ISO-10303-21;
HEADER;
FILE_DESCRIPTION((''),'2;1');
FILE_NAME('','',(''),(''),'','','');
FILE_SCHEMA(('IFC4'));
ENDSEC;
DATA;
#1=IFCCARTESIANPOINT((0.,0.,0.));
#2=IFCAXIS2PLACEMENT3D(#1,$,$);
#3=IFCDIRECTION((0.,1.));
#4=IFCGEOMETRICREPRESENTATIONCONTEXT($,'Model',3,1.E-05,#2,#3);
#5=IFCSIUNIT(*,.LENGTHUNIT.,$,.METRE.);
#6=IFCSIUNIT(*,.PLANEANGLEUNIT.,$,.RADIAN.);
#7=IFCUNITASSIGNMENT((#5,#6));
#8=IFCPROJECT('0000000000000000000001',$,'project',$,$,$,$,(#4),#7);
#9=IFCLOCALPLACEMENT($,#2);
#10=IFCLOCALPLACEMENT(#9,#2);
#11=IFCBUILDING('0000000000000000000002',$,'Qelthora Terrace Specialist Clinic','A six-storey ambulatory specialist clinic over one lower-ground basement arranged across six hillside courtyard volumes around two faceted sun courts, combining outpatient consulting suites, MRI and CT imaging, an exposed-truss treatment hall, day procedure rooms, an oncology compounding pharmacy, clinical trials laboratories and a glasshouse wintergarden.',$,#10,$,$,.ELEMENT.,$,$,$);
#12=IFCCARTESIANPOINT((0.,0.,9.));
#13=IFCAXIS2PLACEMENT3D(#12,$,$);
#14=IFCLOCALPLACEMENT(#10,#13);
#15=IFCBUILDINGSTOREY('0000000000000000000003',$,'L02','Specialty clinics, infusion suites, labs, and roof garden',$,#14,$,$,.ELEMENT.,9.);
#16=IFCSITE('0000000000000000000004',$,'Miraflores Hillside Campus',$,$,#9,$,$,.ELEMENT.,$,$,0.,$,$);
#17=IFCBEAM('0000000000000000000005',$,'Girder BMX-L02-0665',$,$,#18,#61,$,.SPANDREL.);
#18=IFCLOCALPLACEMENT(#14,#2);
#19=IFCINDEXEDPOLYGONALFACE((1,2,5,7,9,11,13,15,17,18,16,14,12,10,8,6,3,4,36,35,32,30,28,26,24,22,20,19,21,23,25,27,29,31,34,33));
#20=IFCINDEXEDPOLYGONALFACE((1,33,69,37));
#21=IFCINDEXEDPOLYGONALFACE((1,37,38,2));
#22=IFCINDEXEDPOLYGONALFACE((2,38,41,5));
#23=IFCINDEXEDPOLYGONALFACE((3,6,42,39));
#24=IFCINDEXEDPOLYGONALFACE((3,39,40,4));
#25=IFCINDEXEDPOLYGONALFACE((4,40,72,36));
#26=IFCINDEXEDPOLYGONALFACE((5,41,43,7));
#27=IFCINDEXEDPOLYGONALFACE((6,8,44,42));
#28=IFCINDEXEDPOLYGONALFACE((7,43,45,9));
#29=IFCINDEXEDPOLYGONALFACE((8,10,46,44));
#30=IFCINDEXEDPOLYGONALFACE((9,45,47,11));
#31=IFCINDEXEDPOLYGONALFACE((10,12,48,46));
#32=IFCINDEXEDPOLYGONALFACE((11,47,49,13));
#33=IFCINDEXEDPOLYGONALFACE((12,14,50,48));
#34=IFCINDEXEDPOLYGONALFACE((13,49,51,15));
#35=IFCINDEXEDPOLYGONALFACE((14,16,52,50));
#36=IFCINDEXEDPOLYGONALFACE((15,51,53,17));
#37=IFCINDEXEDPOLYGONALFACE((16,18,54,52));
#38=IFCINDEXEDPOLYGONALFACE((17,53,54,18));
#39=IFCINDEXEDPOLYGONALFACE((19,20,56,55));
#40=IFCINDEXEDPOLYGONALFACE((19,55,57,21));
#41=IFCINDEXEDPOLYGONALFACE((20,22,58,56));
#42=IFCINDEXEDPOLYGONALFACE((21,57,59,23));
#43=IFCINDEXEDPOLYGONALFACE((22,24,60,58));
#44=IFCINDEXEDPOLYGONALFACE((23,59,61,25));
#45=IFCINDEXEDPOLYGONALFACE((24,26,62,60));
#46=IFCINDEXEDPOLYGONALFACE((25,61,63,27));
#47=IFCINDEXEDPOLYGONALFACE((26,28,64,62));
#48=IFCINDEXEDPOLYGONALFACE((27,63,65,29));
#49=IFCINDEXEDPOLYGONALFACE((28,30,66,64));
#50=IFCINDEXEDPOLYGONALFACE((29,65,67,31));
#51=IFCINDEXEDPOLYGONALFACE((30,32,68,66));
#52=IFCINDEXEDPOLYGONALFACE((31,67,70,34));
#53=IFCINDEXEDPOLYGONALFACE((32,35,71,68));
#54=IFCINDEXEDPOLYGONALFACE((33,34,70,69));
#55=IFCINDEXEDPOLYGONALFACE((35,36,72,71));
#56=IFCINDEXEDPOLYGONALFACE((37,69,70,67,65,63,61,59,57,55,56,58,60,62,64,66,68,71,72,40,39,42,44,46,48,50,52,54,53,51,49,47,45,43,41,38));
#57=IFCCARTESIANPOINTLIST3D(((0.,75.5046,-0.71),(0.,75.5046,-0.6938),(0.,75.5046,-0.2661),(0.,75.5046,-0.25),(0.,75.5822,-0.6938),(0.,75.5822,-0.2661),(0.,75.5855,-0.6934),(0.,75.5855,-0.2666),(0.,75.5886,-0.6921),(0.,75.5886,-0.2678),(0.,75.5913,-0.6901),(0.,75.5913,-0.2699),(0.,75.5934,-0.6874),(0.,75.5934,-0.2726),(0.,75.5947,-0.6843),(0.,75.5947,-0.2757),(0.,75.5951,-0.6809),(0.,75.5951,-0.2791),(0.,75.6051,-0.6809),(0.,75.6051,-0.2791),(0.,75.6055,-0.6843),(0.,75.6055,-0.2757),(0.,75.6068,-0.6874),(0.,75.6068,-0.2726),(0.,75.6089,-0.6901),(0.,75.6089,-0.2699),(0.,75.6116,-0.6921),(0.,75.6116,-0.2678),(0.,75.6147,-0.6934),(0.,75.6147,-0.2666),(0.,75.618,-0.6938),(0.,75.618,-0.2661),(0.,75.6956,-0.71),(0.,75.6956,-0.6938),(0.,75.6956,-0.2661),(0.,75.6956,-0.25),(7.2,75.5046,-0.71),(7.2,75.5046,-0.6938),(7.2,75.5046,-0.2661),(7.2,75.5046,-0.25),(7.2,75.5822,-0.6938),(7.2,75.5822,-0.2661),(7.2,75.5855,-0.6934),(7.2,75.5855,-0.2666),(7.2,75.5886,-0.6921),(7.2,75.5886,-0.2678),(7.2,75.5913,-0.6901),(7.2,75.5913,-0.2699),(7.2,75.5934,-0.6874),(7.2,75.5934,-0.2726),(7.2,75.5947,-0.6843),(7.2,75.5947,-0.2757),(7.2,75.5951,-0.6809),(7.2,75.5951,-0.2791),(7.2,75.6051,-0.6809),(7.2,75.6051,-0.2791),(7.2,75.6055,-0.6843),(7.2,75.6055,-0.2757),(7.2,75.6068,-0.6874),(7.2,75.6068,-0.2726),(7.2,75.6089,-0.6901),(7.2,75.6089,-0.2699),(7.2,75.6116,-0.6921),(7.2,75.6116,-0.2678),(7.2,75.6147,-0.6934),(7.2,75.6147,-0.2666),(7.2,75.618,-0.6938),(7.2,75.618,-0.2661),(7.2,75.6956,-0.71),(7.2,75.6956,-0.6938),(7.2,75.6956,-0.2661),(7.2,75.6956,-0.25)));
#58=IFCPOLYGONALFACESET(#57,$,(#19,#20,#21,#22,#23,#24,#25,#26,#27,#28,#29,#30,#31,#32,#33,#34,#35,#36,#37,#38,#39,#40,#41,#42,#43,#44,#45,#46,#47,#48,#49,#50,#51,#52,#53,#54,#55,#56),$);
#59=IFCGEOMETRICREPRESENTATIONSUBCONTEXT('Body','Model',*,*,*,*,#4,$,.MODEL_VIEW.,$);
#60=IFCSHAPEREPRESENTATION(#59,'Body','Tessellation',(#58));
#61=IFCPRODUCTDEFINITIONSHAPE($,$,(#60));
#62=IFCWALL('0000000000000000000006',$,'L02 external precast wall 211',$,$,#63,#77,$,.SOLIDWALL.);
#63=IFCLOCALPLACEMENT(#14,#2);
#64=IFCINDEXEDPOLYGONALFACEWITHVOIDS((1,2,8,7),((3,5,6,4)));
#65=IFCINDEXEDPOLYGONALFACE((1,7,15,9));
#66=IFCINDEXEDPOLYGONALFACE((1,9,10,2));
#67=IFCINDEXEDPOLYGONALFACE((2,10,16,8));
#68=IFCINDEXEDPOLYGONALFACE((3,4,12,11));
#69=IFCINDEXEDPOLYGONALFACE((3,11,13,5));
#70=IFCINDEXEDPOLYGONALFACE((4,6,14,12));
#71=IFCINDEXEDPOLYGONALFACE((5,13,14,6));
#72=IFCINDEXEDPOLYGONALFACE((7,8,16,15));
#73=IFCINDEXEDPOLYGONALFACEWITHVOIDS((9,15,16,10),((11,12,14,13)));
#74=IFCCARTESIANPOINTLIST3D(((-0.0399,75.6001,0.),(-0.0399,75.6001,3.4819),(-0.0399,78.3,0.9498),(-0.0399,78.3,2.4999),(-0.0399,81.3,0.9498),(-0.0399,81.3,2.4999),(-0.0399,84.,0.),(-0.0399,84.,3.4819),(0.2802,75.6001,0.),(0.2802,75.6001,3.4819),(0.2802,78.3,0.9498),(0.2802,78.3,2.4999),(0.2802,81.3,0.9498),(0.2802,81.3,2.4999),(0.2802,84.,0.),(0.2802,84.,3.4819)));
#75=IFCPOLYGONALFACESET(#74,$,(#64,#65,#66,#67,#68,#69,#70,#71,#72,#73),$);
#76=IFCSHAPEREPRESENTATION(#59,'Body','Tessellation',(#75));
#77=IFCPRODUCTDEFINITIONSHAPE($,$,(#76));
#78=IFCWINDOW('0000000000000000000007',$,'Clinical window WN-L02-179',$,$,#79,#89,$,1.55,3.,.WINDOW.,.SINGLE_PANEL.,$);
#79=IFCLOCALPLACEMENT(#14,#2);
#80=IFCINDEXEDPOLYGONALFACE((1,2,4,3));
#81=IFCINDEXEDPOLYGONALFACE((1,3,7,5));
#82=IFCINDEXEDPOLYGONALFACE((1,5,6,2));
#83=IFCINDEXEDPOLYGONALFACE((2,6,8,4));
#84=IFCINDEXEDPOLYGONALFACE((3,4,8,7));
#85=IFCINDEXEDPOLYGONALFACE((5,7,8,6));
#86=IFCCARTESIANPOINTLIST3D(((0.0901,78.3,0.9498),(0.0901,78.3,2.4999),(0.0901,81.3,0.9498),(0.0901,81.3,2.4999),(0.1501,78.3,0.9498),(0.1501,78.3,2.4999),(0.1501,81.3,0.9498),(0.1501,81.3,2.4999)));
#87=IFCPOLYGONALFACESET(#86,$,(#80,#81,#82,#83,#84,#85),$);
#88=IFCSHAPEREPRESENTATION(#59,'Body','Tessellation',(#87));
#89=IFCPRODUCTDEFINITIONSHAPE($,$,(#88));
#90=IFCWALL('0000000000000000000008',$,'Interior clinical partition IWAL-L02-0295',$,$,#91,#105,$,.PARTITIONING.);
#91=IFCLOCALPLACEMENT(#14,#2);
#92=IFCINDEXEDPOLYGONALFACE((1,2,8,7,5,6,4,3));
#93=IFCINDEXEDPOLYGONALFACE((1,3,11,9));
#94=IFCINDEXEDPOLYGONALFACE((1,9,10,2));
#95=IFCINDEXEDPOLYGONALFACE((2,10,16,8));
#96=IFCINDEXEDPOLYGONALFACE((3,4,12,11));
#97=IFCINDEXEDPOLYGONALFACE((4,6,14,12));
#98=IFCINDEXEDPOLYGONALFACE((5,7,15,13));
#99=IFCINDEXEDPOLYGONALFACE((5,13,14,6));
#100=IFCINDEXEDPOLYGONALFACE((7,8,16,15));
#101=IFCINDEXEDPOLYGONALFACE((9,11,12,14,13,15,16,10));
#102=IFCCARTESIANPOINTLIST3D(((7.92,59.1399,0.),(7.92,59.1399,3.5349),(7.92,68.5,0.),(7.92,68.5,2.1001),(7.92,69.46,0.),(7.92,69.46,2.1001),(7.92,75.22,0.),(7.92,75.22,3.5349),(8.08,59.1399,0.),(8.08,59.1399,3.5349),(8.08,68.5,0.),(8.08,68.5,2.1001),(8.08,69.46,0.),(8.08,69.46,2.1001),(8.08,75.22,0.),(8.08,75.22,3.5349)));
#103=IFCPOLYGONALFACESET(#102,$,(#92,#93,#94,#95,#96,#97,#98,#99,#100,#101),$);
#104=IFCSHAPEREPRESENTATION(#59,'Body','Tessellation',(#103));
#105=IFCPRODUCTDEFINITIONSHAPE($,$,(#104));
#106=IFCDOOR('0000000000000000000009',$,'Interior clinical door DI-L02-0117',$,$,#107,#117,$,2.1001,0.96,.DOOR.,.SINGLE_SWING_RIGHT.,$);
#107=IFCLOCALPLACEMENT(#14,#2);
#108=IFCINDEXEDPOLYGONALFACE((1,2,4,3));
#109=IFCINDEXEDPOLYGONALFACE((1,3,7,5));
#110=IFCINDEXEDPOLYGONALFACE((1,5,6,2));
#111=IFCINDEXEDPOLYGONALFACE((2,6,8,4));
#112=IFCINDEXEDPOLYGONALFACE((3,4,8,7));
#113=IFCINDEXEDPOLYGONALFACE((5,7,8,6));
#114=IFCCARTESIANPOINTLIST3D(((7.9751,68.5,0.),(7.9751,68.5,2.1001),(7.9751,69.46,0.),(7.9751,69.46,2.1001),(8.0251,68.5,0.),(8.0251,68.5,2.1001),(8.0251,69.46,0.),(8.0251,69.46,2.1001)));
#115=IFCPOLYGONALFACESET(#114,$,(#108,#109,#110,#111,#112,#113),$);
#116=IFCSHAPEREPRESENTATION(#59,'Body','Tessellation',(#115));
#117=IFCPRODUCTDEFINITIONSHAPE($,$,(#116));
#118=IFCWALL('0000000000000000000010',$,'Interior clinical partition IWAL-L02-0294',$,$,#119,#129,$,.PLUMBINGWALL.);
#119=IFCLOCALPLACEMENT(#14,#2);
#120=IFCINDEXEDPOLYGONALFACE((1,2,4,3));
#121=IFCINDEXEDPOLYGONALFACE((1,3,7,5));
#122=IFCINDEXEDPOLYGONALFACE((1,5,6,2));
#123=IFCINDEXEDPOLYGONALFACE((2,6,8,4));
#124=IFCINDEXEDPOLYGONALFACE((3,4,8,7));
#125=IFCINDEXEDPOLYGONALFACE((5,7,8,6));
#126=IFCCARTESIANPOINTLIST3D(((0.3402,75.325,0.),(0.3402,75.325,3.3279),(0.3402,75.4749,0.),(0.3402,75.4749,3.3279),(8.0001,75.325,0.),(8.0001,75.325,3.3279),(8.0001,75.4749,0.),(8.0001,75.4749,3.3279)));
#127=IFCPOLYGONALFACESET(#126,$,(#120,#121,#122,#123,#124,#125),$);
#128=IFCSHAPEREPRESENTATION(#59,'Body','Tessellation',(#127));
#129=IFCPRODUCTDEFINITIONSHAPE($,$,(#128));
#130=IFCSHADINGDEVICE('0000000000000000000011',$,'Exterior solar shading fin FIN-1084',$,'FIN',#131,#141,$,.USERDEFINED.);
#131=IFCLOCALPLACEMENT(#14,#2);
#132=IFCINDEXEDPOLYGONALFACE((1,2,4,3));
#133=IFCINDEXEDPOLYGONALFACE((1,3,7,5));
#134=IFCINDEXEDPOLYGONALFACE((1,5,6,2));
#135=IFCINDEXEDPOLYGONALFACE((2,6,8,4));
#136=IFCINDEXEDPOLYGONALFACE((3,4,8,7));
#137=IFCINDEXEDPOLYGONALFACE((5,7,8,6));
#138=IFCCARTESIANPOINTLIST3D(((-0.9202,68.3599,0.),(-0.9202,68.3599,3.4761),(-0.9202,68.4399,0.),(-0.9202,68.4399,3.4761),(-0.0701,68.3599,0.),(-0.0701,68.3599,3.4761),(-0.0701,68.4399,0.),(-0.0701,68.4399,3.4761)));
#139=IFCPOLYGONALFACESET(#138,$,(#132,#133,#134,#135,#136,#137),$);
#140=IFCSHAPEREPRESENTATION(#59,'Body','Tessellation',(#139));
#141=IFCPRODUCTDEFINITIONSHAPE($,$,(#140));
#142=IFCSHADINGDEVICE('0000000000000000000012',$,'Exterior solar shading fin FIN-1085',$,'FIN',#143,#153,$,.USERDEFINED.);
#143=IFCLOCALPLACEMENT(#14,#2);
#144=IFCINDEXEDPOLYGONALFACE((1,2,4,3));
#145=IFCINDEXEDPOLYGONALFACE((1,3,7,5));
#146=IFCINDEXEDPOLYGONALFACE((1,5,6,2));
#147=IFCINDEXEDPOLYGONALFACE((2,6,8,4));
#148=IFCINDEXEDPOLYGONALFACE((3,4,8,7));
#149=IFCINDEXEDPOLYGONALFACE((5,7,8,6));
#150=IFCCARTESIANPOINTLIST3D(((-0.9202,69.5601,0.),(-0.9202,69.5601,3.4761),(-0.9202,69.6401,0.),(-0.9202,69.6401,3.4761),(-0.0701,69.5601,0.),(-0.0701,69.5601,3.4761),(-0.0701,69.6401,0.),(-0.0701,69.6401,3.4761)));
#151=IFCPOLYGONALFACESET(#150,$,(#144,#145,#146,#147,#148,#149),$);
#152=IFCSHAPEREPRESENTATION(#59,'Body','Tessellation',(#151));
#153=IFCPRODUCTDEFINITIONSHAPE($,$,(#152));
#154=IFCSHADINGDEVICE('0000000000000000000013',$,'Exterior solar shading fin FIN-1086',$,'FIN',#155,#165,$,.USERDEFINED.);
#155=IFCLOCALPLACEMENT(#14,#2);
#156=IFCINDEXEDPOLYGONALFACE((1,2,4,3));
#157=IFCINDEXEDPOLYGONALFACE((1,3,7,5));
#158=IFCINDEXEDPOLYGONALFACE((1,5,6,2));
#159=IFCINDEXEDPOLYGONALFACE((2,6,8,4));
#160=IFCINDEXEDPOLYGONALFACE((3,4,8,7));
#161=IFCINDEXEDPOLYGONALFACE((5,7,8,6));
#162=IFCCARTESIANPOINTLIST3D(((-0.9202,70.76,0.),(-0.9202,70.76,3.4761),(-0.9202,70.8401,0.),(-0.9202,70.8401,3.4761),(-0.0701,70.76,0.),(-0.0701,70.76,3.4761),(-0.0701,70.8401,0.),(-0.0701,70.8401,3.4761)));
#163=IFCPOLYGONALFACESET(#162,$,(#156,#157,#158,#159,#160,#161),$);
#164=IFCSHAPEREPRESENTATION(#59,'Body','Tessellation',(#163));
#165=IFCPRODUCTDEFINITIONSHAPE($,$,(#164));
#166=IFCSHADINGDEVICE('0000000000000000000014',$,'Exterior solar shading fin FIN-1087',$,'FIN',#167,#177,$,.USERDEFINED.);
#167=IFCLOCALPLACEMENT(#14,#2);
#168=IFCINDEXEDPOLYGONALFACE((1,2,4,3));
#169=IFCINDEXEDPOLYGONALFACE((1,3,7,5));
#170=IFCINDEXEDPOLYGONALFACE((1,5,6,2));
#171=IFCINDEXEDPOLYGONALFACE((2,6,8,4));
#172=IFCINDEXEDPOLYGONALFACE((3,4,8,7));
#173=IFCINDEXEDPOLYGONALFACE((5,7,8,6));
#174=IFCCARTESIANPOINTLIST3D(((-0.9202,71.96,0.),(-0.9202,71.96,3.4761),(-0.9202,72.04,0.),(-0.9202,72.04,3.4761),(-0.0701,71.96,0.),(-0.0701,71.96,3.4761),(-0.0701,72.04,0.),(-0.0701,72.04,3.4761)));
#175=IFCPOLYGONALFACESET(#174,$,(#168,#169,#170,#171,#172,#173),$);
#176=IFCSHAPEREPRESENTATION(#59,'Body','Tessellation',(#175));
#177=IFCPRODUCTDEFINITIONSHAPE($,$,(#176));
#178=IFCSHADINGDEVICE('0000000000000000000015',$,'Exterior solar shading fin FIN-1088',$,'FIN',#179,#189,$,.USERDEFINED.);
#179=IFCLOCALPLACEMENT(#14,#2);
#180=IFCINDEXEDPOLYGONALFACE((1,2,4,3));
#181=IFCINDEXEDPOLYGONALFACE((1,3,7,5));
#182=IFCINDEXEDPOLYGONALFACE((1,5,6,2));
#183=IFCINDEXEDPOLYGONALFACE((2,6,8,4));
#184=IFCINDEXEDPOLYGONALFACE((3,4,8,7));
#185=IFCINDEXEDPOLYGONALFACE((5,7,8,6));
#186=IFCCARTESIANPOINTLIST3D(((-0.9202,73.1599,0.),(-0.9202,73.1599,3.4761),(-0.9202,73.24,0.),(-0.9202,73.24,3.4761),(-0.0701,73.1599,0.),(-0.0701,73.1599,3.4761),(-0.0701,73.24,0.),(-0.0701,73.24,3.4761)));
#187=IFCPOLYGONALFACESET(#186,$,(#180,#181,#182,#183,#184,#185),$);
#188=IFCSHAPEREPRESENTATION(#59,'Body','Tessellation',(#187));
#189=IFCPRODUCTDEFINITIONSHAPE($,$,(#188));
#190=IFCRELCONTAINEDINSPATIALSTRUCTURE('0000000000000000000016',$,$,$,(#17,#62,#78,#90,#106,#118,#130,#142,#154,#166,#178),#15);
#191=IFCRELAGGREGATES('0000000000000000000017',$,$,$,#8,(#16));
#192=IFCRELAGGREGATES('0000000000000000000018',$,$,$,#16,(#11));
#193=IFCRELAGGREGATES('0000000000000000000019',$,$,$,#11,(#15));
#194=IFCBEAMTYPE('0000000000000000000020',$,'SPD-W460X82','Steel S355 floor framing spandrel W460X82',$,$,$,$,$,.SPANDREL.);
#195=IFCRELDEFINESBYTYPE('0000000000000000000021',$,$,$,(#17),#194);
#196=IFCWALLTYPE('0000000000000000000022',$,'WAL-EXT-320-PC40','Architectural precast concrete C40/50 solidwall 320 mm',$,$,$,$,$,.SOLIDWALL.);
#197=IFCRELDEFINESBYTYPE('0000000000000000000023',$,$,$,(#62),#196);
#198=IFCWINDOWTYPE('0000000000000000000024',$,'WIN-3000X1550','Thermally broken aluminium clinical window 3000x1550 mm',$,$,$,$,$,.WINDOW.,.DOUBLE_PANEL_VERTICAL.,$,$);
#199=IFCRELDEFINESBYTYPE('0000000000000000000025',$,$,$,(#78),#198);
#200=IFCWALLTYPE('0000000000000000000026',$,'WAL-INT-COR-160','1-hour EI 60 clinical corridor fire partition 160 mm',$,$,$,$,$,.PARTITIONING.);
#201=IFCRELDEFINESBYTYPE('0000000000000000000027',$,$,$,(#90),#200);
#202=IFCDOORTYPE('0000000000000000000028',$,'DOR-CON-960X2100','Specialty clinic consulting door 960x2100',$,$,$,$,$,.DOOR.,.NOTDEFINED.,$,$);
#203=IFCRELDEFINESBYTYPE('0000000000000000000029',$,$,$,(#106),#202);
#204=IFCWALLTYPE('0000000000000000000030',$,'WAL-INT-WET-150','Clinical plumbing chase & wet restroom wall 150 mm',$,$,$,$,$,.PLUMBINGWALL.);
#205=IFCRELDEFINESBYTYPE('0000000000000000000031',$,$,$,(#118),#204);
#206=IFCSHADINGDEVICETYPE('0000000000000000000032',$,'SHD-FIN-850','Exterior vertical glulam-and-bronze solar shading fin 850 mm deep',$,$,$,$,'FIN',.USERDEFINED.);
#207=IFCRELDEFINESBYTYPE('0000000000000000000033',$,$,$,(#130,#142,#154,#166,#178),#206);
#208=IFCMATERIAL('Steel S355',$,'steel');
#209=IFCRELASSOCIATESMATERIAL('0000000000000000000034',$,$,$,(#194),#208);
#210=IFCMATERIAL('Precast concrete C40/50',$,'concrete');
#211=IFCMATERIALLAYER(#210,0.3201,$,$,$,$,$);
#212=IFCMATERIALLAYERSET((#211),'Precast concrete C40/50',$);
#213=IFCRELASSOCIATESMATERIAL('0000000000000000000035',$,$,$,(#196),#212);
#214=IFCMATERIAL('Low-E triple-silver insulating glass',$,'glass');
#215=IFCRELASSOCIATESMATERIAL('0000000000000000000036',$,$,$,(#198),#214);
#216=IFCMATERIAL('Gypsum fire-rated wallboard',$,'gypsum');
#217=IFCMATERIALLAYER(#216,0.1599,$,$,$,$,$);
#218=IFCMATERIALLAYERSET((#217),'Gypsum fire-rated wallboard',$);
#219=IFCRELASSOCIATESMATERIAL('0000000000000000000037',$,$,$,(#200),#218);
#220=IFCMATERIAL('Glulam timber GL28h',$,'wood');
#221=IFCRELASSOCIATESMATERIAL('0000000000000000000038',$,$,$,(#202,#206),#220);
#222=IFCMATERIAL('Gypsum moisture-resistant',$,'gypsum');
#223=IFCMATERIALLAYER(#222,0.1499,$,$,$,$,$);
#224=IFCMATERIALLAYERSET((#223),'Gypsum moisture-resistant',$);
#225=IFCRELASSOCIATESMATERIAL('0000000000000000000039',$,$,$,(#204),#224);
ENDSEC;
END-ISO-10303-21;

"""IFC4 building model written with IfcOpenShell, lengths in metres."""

from ifc_helpers import new_model, si_unit, direction, frame, frame_2d, origin, origin_2d, place, context, subcontext, project, spatial, rectangle, i_section, extrude, material, layer, layer_set, material_profile, profile_set, type_object, element, fill, save


model = new_model("IFC4")

# Units and contexts
model_context = context("Model", 3, precision=1e-05, world=origin(), true_north=direction((0.0, 1.0)))
body_context = subcontext(model_context, "Body", "Model", "MODEL_VIEW")
ifc_project = project(units=[si_unit("LENGTHUNIT", "METRE"), si_unit("PLANEANGLEUNIT", "RADIAN")], contexts=[model_context])

# Site, building, storey
site_placement = place(None, origin())
site = spatial("IfcSite", under=ifc_project, at=site_placement, Name="Miraflores Hillside Campus", CompositionType="ELEMENT", RefElevation=0.0)
building_placement = place(site_placement, origin())
building = spatial("IfcBuilding", under=site, at=building_placement, Name="Qelthora Terrace Specialist Clinic", Description="A six-storey ambulatory specialist clinic over one lower-ground basement arranged across six hillside courtyard volumes around two faceted sun courts, combining outpatient consulting suites, MRI and CT imaging, an exposed-truss treatment hall, day procedure rooms, an oncology compounding pharmacy, clinical trials laboratories and a glasshouse wintergarden.", CompositionType="ELEMENT")
storey_placement = place(building_placement, frame((0.0, 0.0, 9.0)))
storey = spatial("IfcBuildingStorey", under=building, at=storey_placement, Name="L02", Description="Specialty clinics, infusion suites, labs, and roof garden", CompositionType="ELEMENT", Elevation=9.0)

# Shared definitions
ifc_material_1 = material(Name="Steel S355", Category="steel")

# Beam
ifc_material_profile_1 = material_profile(ifc_material_1, i_section(OverallWidth=0.1909, OverallDepth=0.46, WebThickness=0.01, FlangeThickness=0.0161, FilletRadius=0.0129, at=origin_2d()), Name="W460X82")
ifc_profile_set_1 = profile_set([ifc_material_profile_1], Name="Steel S355")
beam_type_1 = type_object("IfcBeamType", Name="SPD-W460X82", Description="Steel S355 floor framing spandrel W460X82", PredefinedType="SPANDREL", material=ifc_profile_set_1)
beam_1_placement = place(storey_placement, frame((0.0, 75.6001, -0.48), z_axis=(1.0, 0.0, 0.0), x_axis=(0.0, 1.0, 0.0)))
element("IfcBeam", 1, at=beam_1_placement, inside=storey, type_object=beam_type_1, Name="Girder BMX-L02-0665", PredefinedType="SPANDREL", context=body_context, shape_type="SweptSolid", body=[
    extrude(i_section(OverallWidth=0.1909, OverallDepth=0.46, WebThickness=0.01, FlangeThickness=0.0161, FilletRadius=0.0129, at=origin_2d()), origin(), (0.0, 0.0, 1.0), 7.2),
])

# Wall, opening, window
ifc_material_2 = material(Name="Precast concrete C40/50", Category="concrete")
ifc_layer_1 = layer(ifc_material_2, 0.3201)
ifc_layer_set_1 = layer_set([ifc_layer_1], Name="Precast concrete C40/50")
wall_type_1 = type_object("IfcWallType", Name="WAL-EXT-320-PC40", Description="Architectural precast concrete C40/50 solidwall 320 mm", PredefinedType="SOLIDWALL", material=ifc_layer_set_1)
wall_1_placement = place(storey_placement, frame((0.1201, 75.6001, 0.0), z_axis=(0.0, 0.0, 1.0), x_axis=(0.0, 1.0, 0.0)))
wall_1 = element("IfcWall", 2, at=wall_1_placement, inside=storey, type_object=wall_type_1, Name="L02 external precast wall 211", PredefinedType="SOLIDWALL", context=body_context, shape_type="SweptSolid", body=[
    extrude(rectangle(XDim=8.3999, YDim=0.3201, at=frame_2d((4.2, 0.0))), origin(), (0.0, 0.0, 1.0), 3.4819),
])
opening_1_placement = place(wall_1_placement, frame((2.7, 0.0, 0.95)))
opening_1 = element("IfcOpeningElement", 3, at=opening_1_placement, cuts=wall_1, PredefinedType="OPENING", context=body_context, shape_type="SweptSolid", body=[
    extrude(rectangle(XDim=3.0, YDim=1.55, at=frame_2d((1.5, 0.7749))), frame((0.0, 0.1699, 0.0), z_axis=(0.0, -1.0, 0.0), x_axis=(1.0, 0.0, 0.0)), (0.0, 0.0, 1.0), 0.3401),
])
ifc_material_3 = material(Name="Low-E triple-silver insulating glass", Category="glass")
window_type = type_object("IfcWindowType", Name="WIN-3000X1550", Description="Thermally broken aluminium clinical window 3000x1550 mm", PartitioningType="DOUBLE_PANEL_VERTICAL", PredefinedType="WINDOW", material=ifc_material_3)
window_placement = place(opening_1_placement, origin())
window = element("IfcWindow", 4, at=window_placement, inside=storey, type_object=window_type, Name="Clinical window WN-L02-179", OverallHeight=1.55, OverallWidth=3.0, PartitioningType="SINGLE_PANEL", PredefinedType="WINDOW", context=body_context, shape_type="SweptSolid", body=[
    extrude(rectangle(XDim=3.0, YDim=1.55, at=frame_2d((1.5, 0.7749))), frame((0.0, 0.03, 0.0), z_axis=(0.0, -1.0, 0.0), x_axis=(1.0, 0.0, 0.0)), (0.0, 0.0, 1.0), 0.0601),
])
fill(opening_1, window)

# Wall, opening, door
ifc_material_4 = material(Name="Gypsum fire-rated wallboard", Category="gypsum")
ifc_layer_2 = layer(ifc_material_4, 0.1599)
ifc_layer_set_2 = layer_set([ifc_layer_2], Name="Gypsum fire-rated wallboard")
wall_type_2 = type_object("IfcWallType", Name="WAL-INT-COR-160", Description="1-hour EI 60 clinical corridor fire partition 160 mm", PredefinedType="PARTITIONING", material=ifc_layer_set_2)
wall_2_placement = place(storey_placement, frame((8.0, 75.22, 0.0), z_axis=(0.0, 0.0, 1.0), x_axis=(0.0, -1.0, 0.0)))
wall_2 = element("IfcWall", 5, at=wall_2_placement, inside=storey, type_object=wall_type_2, Name="Interior clinical partition IWAL-L02-0295", PredefinedType="PARTITIONING", context=body_context, shape_type="SweptSolid", body=[
    extrude(rectangle(XDim=16.0801, YDim=0.1599, at=frame_2d((8.04, 0.0))), origin(), (0.0, 0.0, 1.0), 3.5349),
])
opening_2_placement = place(wall_2_placement, frame((5.76, 0.0, 0.0)))
opening_2 = element("IfcOpeningElement", 6, at=opening_2_placement, cuts=wall_2, PredefinedType="OPENING", context=body_context, shape_type="SweptSolid", body=[
    extrude(rectangle(XDim=0.96, YDim=2.1001, at=frame_2d((0.48, 1.05))), frame((0.0, 0.0898, 0.0), z_axis=(0.0, -1.0, 0.0), x_axis=(1.0, 0.0, 0.0)), (0.0, 0.0, 1.0), 0.1799),
])
ifc_material_5 = material(Name="Glulam timber GL28h", Category="wood")
door_type = type_object("IfcDoorType", Name="DOR-CON-960X2100", Description="Specialty clinic consulting door 960x2100", OperationType="NOTDEFINED", PredefinedType="DOOR", material=ifc_material_5)
door_placement = place(opening_2_placement, frame((0.96, 0.0, 0.0), z_axis=(0.0, 0.0, 1.0), x_axis=(-1.0, 0.0, 0.0)))
door = element("IfcDoor", 7, at=door_placement, inside=storey, type_object=door_type, Name="Interior clinical door DI-L02-0117", OperationType="SINGLE_SWING_RIGHT", OverallHeight=2.1001, OverallWidth=0.96, PredefinedType="DOOR", context=body_context, shape_type="SweptSolid", body=[
    extrude(rectangle(XDim=0.96, YDim=2.1001, at=frame_2d((0.48, 1.05))), frame((0.0, 0.0249, 0.0), z_axis=(0.0, -1.0, 0.0), x_axis=(1.0, 0.0, 0.0)), (0.0, 0.0, 1.0), 0.05),
])
fill(opening_2, door)

# Wall
ifc_material_6 = material(Name="Gypsum moisture-resistant", Category="gypsum")
ifc_layer_3 = layer(ifc_material_6, 0.1499)
ifc_layer_set_3 = layer_set([ifc_layer_3], Name="Gypsum moisture-resistant")
wall_type_3 = type_object("IfcWallType", Name="WAL-INT-WET-150", Description="Clinical plumbing chase & wet restroom wall 150 mm", PredefinedType="PLUMBINGWALL", material=ifc_layer_set_3)
wall_3_placement = place(storey_placement, frame((0.3401, 75.3999, 0.0), z_axis=(0.0, 0.0, 1.0), x_axis=(1.0, 0.0, 0.0)))
element("IfcWall", 8, at=wall_3_placement, inside=storey, type_object=wall_type_3, Name="Interior clinical partition IWAL-L02-0294", PredefinedType="PLUMBINGWALL", context=body_context, shape_type="SweptSolid", body=[
    extrude(rectangle(XDim=7.6599, YDim=0.1499, at=frame_2d((3.8301, 0.0))), origin(), (0.0, 0.0, 1.0), 3.3279),
])

# Shading devices
shading_device_type = type_object("IfcShadingDeviceType", Name="SHD-FIN-850", Description="Exterior vertical glulam-and-bronze solar shading fin 850 mm deep", ElementType="FIN", PredefinedType="USERDEFINED", material=ifc_material_5)
for number, where, z_axis, x_axis, name in (
    (9, (-0.4951, 68.3999, 0.0), (0.0, 0.0, 1.0), (-1.0, 0.0, 0.0), "Exterior solar shading fin FIN-1084"),
    (10, (-0.4951, 69.6001, 0.0), (0.0, 0.0, 1.0), (-1.0, 0.0, 0.0), "Exterior solar shading fin FIN-1085"),
    (11, (-0.4951, 70.8, 0.0), (0.0, 0.0, 1.0), (-1.0, 0.0, 0.0), "Exterior solar shading fin FIN-1086"),
    (12, (-0.4951, 72.0, 0.0), (0.0, 0.0, 1.0), (-1.0, 0.0, 0.0), "Exterior solar shading fin FIN-1087"),
    (13, (-0.4951, 73.2, 0.0), (0.0, 0.0, 1.0), (-1.0, 0.0, 0.0), "Exterior solar shading fin FIN-1088"),
):
    element("IfcShadingDevice", number, at=place(storey_placement, frame(where, z_axis=z_axis, x_axis=x_axis)), inside=storey, type_object=shading_device_type, Name=name, ObjectType="FIN", PredefinedType="USERDEFINED", context=body_context, shape_type="SweptSolid", body=[
        extrude(rectangle(XDim=0.8501, YDim=0.0801, at=origin_2d()), origin(), (0.0, 0.0, 1.0), 3.4761),
    ])

save(model, "model.ifc")
